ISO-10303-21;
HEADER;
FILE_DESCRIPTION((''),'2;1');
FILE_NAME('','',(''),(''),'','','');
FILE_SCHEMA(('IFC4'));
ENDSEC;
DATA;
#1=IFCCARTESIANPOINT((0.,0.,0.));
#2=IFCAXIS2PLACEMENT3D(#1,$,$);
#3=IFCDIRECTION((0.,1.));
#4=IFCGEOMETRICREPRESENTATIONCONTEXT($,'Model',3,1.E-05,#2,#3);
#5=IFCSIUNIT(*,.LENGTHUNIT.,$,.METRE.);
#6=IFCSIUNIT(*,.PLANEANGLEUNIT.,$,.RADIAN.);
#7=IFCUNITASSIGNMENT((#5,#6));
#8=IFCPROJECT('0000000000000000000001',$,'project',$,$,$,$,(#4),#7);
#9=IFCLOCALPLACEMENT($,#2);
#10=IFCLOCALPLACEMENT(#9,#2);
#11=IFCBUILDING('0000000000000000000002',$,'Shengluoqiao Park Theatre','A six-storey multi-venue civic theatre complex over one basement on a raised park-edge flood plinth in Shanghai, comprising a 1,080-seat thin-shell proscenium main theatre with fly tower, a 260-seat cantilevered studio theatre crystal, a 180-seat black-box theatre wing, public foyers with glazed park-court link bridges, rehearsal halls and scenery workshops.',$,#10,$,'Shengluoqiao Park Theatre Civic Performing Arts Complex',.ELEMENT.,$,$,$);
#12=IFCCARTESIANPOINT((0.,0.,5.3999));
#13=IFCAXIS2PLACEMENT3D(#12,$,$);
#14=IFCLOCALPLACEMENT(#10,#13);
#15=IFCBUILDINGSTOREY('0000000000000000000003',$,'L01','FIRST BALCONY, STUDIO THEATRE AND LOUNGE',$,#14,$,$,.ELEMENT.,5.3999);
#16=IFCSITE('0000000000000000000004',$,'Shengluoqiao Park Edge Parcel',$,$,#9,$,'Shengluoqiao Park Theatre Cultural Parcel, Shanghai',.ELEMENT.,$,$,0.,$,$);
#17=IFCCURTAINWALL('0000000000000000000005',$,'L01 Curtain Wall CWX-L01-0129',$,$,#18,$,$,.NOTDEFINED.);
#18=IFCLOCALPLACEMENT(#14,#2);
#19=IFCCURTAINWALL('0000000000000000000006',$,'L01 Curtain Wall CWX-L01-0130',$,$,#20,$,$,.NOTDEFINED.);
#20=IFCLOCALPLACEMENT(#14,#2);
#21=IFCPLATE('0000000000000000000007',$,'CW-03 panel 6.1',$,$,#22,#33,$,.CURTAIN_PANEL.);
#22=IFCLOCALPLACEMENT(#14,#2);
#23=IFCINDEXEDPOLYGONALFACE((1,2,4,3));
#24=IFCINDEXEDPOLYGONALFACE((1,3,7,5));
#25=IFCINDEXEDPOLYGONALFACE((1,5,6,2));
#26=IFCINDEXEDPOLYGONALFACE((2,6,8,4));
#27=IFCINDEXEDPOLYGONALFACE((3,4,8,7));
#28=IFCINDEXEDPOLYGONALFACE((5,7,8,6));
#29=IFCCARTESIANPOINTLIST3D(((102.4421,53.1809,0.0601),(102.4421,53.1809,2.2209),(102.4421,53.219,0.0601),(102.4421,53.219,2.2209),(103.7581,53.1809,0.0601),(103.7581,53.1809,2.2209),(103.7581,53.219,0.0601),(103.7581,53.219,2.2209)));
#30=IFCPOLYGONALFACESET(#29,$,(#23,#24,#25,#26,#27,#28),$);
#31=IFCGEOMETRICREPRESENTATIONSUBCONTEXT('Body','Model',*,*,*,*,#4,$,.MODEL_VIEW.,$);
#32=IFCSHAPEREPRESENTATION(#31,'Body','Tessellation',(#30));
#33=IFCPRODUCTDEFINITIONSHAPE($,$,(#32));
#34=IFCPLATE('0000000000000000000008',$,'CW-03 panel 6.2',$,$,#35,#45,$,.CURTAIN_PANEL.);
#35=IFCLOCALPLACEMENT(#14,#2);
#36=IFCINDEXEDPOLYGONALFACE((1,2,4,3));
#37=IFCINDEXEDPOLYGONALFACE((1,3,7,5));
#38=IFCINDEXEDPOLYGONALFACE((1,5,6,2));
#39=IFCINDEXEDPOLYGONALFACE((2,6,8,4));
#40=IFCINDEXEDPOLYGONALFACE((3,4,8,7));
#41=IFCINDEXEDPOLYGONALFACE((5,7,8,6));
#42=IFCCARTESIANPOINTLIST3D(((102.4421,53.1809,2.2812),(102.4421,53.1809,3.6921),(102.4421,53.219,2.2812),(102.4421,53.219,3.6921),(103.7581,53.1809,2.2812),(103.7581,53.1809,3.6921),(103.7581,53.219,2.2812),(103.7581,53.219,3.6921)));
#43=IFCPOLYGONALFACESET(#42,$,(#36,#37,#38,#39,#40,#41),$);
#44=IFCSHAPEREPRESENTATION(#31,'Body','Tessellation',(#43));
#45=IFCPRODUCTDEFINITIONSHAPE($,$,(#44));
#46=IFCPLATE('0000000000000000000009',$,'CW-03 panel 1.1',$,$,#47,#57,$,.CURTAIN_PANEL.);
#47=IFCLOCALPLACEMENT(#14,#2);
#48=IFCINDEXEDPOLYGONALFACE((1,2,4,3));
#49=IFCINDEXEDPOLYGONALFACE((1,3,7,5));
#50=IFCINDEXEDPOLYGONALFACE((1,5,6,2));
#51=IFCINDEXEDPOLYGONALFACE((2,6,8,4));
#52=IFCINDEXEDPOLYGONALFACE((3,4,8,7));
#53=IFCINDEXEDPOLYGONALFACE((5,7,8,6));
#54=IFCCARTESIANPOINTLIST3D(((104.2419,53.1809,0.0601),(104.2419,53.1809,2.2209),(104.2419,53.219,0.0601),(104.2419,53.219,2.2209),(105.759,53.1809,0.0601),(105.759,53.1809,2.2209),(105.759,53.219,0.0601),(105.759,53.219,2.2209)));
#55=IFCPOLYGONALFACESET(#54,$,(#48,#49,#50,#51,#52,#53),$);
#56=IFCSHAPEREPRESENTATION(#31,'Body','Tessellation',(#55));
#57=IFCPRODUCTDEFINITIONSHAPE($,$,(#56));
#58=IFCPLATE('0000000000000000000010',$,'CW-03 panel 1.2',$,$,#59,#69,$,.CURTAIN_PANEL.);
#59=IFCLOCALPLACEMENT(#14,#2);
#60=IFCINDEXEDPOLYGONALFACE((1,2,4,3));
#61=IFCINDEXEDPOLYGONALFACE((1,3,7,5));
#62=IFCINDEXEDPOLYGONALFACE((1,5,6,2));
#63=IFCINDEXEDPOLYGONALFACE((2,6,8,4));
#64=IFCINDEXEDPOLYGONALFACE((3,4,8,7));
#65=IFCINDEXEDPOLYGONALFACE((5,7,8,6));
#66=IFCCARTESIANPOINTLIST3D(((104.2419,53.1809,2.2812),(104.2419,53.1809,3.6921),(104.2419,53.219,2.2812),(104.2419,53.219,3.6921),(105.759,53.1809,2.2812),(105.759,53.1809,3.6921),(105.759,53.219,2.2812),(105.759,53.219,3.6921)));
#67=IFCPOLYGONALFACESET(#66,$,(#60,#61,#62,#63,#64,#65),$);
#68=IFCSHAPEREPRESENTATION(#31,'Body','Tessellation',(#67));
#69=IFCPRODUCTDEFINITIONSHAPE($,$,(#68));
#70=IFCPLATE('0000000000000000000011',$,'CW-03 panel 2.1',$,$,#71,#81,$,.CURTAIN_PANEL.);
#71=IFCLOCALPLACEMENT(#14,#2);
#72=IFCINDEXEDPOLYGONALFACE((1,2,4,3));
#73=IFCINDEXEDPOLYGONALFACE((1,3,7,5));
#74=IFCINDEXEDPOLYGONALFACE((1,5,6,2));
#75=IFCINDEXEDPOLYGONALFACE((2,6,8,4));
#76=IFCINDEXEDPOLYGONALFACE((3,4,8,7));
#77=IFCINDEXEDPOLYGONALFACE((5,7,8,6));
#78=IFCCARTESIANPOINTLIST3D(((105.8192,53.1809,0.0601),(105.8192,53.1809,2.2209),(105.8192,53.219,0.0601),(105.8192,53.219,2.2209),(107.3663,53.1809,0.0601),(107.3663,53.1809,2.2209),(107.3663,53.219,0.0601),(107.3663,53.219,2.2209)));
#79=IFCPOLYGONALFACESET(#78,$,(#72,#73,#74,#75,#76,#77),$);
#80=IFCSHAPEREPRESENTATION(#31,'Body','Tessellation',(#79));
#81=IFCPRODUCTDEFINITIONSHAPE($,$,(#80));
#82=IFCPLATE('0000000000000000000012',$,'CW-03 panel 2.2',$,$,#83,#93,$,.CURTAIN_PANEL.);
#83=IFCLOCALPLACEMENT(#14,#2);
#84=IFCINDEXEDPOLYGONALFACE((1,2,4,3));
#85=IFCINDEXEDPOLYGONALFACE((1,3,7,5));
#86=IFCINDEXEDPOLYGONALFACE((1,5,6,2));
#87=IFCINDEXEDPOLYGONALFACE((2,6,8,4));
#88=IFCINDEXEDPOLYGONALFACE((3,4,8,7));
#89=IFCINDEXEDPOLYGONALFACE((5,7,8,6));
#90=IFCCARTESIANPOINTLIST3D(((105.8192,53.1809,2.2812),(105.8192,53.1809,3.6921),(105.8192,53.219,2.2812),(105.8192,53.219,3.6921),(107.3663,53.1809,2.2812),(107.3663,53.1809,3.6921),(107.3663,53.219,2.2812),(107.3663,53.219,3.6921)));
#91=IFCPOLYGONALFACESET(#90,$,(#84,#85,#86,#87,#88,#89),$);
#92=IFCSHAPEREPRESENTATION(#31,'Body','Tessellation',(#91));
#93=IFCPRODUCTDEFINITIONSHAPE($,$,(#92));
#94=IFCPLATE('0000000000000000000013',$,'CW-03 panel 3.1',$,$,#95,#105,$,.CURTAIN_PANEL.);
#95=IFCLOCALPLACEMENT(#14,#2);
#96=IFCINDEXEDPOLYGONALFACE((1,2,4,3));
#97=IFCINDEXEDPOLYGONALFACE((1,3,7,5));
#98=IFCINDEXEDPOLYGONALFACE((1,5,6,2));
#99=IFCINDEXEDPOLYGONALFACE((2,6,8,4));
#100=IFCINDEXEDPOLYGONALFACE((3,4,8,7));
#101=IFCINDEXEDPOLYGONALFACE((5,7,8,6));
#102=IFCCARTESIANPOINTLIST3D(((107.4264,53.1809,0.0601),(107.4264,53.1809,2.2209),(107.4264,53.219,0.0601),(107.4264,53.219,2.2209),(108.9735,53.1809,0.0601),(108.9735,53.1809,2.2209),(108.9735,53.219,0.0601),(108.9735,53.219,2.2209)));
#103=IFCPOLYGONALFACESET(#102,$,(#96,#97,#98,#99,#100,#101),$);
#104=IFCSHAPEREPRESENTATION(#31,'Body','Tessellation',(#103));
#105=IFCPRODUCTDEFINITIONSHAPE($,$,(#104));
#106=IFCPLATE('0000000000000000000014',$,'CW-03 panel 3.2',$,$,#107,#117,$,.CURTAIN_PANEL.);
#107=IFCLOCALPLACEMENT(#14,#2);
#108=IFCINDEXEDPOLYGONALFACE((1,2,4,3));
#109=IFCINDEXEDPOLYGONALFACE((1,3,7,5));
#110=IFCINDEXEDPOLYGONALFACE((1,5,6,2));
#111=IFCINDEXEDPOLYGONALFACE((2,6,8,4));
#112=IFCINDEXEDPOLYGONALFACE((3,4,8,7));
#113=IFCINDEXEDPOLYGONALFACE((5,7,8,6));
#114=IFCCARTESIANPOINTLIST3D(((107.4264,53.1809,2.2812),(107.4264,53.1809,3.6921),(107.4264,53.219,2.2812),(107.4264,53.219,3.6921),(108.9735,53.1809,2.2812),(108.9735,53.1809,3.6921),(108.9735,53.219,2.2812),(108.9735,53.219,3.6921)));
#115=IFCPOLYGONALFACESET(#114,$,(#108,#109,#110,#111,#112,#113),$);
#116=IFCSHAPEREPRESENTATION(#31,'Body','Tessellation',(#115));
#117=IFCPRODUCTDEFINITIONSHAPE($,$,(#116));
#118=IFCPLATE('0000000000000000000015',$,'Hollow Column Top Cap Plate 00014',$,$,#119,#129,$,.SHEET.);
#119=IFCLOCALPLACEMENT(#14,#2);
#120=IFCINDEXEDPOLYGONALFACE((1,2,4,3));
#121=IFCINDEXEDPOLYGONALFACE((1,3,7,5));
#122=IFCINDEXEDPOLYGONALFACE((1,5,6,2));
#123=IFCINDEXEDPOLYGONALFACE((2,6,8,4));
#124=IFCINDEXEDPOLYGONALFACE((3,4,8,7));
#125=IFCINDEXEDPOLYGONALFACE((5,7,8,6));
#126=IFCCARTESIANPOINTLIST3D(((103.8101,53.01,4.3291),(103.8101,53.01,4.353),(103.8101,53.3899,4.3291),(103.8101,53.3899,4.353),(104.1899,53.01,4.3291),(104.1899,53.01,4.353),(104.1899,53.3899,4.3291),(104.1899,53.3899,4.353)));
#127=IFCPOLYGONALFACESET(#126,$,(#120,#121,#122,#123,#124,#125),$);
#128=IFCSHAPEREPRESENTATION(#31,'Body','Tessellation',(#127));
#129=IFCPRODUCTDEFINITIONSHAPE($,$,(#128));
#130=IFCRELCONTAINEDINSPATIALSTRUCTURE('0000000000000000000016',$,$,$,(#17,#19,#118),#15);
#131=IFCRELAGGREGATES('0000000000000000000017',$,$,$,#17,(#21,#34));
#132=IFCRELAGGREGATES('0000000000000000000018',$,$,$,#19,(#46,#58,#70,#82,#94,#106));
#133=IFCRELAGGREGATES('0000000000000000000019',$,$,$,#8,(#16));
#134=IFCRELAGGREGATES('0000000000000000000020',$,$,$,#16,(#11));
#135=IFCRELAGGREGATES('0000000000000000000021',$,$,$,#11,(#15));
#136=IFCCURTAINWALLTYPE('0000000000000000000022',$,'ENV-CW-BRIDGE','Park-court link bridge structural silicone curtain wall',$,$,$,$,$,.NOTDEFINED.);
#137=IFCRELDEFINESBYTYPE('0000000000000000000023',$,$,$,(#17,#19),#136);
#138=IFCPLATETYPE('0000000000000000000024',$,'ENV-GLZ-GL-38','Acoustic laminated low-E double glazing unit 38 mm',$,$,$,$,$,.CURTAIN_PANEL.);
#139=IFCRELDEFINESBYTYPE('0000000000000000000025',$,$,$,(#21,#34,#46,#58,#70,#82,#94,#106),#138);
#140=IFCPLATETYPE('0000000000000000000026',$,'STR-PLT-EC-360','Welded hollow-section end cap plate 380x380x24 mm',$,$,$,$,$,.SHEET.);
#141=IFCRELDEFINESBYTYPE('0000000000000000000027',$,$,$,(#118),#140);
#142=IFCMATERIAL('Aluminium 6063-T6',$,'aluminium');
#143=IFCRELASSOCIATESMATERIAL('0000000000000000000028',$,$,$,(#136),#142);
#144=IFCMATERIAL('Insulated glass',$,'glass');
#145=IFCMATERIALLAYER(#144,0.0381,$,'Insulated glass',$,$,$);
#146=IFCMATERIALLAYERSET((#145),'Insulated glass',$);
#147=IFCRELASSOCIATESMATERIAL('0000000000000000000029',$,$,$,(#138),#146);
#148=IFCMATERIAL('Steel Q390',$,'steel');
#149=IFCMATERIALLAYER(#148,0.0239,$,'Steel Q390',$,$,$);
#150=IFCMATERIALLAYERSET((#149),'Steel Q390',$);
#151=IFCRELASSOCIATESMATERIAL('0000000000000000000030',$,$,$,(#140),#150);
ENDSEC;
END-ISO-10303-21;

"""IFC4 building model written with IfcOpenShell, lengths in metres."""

from ifc_helpers import new_model, si_unit, direction, frame, origin, origin_2d, place, context, subcontext, project, spatial, rectangle, extrude, material, layer, layer_set, type_object, element, aggregate, save


model = new_model("IFC4")

# Units and contexts
model_context = context("Model", 3, precision=1e-05, world=origin(), true_north=direction((0.0, 1.0)))
body_context = subcontext(model_context, "Body", "Model", "MODEL_VIEW")
ifc_project = project(units=[si_unit("LENGTHUNIT", "METRE"), si_unit("PLANEANGLEUNIT", "RADIAN")], contexts=[model_context])

# Site, building, storey
site_placement = place(None, origin())
site = spatial("IfcSite", under=ifc_project, at=site_placement, Name="Shengluoqiao Park Edge Parcel", LongName="Shengluoqiao Park Theatre Cultural Parcel, Shanghai", CompositionType="ELEMENT", RefElevation=0.0)
building_placement = place(site_placement, origin())
building = spatial("IfcBuilding", under=site, at=building_placement, Name="Shengluoqiao Park Theatre", Description="A six-storey multi-venue civic theatre complex over one basement on a raised park-edge flood plinth in Shanghai, comprising a 1,080-seat thin-shell proscenium main theatre with fly tower, a 260-seat cantilevered studio theatre crystal, a 180-seat black-box theatre wing, public foyers with glazed park-court link bridges, rehearsal halls and scenery workshops.", LongName="Shengluoqiao Park Theatre Civic Performing Arts Complex", CompositionType="ELEMENT")
storey_placement = place(building_placement, frame((0.0, 0.0, 5.3999)))
storey = spatial("IfcBuildingStorey", under=building, at=storey_placement, Name="L01", Description="FIRST BALCONY, STUDIO THEATRE AND LOUNGE", CompositionType="ELEMENT", Elevation=5.3999)

# Curtain wall
ifc_material_1 = material(Name="Aluminium 6063-T6", Category="aluminium")
curtain_wall_type = type_object("IfcCurtainWallType", Name="ENV-CW-BRIDGE", Description="Park-court link bridge structural silicone curtain wall", PredefinedType="NOTDEFINED", material=ifc_material_1)
curtain_wall_1_placement = place(storey_placement, origin())
curtain_wall_1 = element("IfcCurtainWall", 1, at=curtain_wall_1_placement, inside=storey, type_object=curtain_wall_type, Name="L01 Curtain Wall CWX-L01-0129", PredefinedType="NOTDEFINED")

# Curtain wall
curtain_wall_2_placement = place(storey_placement, origin())
curtain_wall_2 = element("IfcCurtainWall", 2, at=curtain_wall_2_placement, inside=storey, type_object=curtain_wall_type, Name="L01 Curtain Wall CWX-L01-0130", PredefinedType="NOTDEFINED")

# Plates
ifc_material_2 = material(Name="Insulated glass", Category="glass")
ifc_layer_1 = layer(ifc_material_2, 0.0381, Name="Insulated glass")
ifc_layer_set_1 = layer_set([ifc_layer_1], Name="Insulated glass")
plate_type_1 = type_object("IfcPlateType", Name="ENV-GLZ-GL-38", Description="Acoustic laminated low-E double glazing unit 38 mm", PredefinedType="CURTAIN_PANEL", material=ifc_layer_set_1)
plate_1_placement = place(storey_placement, frame((103.1001, 53.2, 0.0601), z_axis=(0.0, 0.0, 1.0), x_axis=(1.0, 0.0, 0.0)))
plate_1 = element("IfcPlate", 3, at=plate_1_placement, type_object=plate_type_1, Name="CW-03 panel 6.1", PredefinedType="CURTAIN_PANEL", context=body_context, shape_type="SweptSolid", body=[
    extrude(rectangle(XDim=1.3159, YDim=0.0381, at=origin_2d()), origin(), (0.0, 0.0, 1.0), 2.1609),
])
plate_2_placement = place(storey_placement, frame((103.1001, 53.2, 2.2812), z_axis=(0.0, 0.0, 1.0), x_axis=(1.0, 0.0, 0.0)))
plate_2 = element("IfcPlate", 4, at=plate_2_placement, type_object=plate_type_1, Name="CW-03 panel 6.2", PredefinedType="CURTAIN_PANEL", context=body_context, shape_type="SweptSolid", body=[
    extrude(rectangle(XDim=1.3159, YDim=0.0381, at=origin_2d()), origin(), (0.0, 0.0, 1.0), 1.4109),
])
aggregate(curtain_wall_1, [plate_1, plate_2])
plate_3_placement = place(storey_placement, frame((105.0005, 53.2, 0.0601), z_axis=(0.0, 0.0, 1.0), x_axis=(1.0, 0.0, 0.0)))
plate_3 = element("IfcPlate", 5, at=plate_3_placement, type_object=plate_type_1, Name="CW-03 panel 1.1", PredefinedType="CURTAIN_PANEL", context=body_context, shape_type="SweptSolid", body=[
    extrude(rectangle(XDim=1.5171, YDim=0.0381, at=origin_2d()), origin(), (0.0, 0.0, 1.0), 2.1609),
])
plate_4_placement = place(storey_placement, frame((105.0005, 53.2, 2.2812), z_axis=(0.0, 0.0, 1.0), x_axis=(1.0, 0.0, 0.0)))
plate_4 = element("IfcPlate", 6, at=plate_4_placement, type_object=plate_type_1, Name="CW-03 panel 1.2", PredefinedType="CURTAIN_PANEL", context=body_context, shape_type="SweptSolid", body=[
    extrude(rectangle(XDim=1.5171, YDim=0.0381, at=origin_2d()), origin(), (0.0, 0.0, 1.0), 1.4109),
])
plate_5_placement = place(storey_placement, frame((106.5928, 53.2, 0.0601), z_axis=(0.0, 0.0, 1.0), x_axis=(1.0, 0.0, 0.0)))
plate_5 = element("IfcPlate", 7, at=plate_5_placement, type_object=plate_type_1, Name="CW-03 panel 2.1", PredefinedType="CURTAIN_PANEL", context=body_context, shape_type="SweptSolid", body=[
    extrude(rectangle(XDim=1.5471, YDim=0.0381, at=origin_2d()), origin(), (0.0, 0.0, 1.0), 2.1609),
])
plate_6_placement = place(storey_placement, frame((106.5928, 53.2, 2.2812), z_axis=(0.0, 0.0, 1.0), x_axis=(1.0, 0.0, 0.0)))
plate_6 = element("IfcPlate", 8, at=plate_6_placement, type_object=plate_type_1, Name="CW-03 panel 2.2", PredefinedType="CURTAIN_PANEL", context=body_context, shape_type="SweptSolid", body=[
    extrude(rectangle(XDim=1.5471, YDim=0.0381, at=origin_2d()), origin(), (0.0, 0.0, 1.0), 1.4109),
])
plate_7_placement = place(storey_placement, frame((108.2, 53.2, 0.0601), z_axis=(0.0, 0.0, 1.0), x_axis=(1.0, 0.0, 0.0)))
plate_7 = element("IfcPlate", 9, at=plate_7_placement, type_object=plate_type_1, Name="CW-03 panel 3.1", PredefinedType="CURTAIN_PANEL", context=body_context, shape_type="SweptSolid", body=[
    extrude(rectangle(XDim=1.5471, YDim=0.0381, at=origin_2d()), origin(), (0.0, 0.0, 1.0), 2.1609),
])
plate_8_placement = place(storey_placement, frame((108.2, 53.2, 2.2812), z_axis=(0.0, 0.0, 1.0), x_axis=(1.0, 0.0, 0.0)))
plate_8 = element("IfcPlate", 10, at=plate_8_placement, type_object=plate_type_1, Name="CW-03 panel 3.2", PredefinedType="CURTAIN_PANEL", context=body_context, shape_type="SweptSolid", body=[
    extrude(rectangle(XDim=1.5471, YDim=0.0381, at=origin_2d()), origin(), (0.0, 0.0, 1.0), 1.4109),
])
aggregate(curtain_wall_2, [plate_3, plate_4, plate_5, plate_6, plate_7, plate_8])
ifc_material_3 = material(Name="Steel Q390", Category="steel")
ifc_layer_2 = layer(ifc_material_3, 0.0239, Name="Steel Q390")
ifc_layer_set_2 = layer_set([ifc_layer_2], Name="Steel Q390")
plate_type_2 = type_object("IfcPlateType", Name="STR-PLT-EC-360", Description="Welded hollow-section end cap plate 380x380x24 mm", PredefinedType="SHEET", material=ifc_layer_set_2)
plate_9_placement = place(storey_placement, frame((104.0, 53.2, 4.3291), z_axis=(0.0, 0.0, 1.0), x_axis=(1.0, 0.0, 0.0)))
element("IfcPlate", 11, at=plate_9_placement, inside=storey, type_object=plate_type_2, Name="Hollow Column Top Cap Plate 00014", PredefinedType="SHEET", context=body_context, shape_type="SweptSolid", body=[
    extrude(rectangle(XDim=0.3799, YDim=0.3799, at=origin_2d()), origin(), (0.0, 0.0, 1.0), 0.0239),
])

save(model, "model.ifc")
